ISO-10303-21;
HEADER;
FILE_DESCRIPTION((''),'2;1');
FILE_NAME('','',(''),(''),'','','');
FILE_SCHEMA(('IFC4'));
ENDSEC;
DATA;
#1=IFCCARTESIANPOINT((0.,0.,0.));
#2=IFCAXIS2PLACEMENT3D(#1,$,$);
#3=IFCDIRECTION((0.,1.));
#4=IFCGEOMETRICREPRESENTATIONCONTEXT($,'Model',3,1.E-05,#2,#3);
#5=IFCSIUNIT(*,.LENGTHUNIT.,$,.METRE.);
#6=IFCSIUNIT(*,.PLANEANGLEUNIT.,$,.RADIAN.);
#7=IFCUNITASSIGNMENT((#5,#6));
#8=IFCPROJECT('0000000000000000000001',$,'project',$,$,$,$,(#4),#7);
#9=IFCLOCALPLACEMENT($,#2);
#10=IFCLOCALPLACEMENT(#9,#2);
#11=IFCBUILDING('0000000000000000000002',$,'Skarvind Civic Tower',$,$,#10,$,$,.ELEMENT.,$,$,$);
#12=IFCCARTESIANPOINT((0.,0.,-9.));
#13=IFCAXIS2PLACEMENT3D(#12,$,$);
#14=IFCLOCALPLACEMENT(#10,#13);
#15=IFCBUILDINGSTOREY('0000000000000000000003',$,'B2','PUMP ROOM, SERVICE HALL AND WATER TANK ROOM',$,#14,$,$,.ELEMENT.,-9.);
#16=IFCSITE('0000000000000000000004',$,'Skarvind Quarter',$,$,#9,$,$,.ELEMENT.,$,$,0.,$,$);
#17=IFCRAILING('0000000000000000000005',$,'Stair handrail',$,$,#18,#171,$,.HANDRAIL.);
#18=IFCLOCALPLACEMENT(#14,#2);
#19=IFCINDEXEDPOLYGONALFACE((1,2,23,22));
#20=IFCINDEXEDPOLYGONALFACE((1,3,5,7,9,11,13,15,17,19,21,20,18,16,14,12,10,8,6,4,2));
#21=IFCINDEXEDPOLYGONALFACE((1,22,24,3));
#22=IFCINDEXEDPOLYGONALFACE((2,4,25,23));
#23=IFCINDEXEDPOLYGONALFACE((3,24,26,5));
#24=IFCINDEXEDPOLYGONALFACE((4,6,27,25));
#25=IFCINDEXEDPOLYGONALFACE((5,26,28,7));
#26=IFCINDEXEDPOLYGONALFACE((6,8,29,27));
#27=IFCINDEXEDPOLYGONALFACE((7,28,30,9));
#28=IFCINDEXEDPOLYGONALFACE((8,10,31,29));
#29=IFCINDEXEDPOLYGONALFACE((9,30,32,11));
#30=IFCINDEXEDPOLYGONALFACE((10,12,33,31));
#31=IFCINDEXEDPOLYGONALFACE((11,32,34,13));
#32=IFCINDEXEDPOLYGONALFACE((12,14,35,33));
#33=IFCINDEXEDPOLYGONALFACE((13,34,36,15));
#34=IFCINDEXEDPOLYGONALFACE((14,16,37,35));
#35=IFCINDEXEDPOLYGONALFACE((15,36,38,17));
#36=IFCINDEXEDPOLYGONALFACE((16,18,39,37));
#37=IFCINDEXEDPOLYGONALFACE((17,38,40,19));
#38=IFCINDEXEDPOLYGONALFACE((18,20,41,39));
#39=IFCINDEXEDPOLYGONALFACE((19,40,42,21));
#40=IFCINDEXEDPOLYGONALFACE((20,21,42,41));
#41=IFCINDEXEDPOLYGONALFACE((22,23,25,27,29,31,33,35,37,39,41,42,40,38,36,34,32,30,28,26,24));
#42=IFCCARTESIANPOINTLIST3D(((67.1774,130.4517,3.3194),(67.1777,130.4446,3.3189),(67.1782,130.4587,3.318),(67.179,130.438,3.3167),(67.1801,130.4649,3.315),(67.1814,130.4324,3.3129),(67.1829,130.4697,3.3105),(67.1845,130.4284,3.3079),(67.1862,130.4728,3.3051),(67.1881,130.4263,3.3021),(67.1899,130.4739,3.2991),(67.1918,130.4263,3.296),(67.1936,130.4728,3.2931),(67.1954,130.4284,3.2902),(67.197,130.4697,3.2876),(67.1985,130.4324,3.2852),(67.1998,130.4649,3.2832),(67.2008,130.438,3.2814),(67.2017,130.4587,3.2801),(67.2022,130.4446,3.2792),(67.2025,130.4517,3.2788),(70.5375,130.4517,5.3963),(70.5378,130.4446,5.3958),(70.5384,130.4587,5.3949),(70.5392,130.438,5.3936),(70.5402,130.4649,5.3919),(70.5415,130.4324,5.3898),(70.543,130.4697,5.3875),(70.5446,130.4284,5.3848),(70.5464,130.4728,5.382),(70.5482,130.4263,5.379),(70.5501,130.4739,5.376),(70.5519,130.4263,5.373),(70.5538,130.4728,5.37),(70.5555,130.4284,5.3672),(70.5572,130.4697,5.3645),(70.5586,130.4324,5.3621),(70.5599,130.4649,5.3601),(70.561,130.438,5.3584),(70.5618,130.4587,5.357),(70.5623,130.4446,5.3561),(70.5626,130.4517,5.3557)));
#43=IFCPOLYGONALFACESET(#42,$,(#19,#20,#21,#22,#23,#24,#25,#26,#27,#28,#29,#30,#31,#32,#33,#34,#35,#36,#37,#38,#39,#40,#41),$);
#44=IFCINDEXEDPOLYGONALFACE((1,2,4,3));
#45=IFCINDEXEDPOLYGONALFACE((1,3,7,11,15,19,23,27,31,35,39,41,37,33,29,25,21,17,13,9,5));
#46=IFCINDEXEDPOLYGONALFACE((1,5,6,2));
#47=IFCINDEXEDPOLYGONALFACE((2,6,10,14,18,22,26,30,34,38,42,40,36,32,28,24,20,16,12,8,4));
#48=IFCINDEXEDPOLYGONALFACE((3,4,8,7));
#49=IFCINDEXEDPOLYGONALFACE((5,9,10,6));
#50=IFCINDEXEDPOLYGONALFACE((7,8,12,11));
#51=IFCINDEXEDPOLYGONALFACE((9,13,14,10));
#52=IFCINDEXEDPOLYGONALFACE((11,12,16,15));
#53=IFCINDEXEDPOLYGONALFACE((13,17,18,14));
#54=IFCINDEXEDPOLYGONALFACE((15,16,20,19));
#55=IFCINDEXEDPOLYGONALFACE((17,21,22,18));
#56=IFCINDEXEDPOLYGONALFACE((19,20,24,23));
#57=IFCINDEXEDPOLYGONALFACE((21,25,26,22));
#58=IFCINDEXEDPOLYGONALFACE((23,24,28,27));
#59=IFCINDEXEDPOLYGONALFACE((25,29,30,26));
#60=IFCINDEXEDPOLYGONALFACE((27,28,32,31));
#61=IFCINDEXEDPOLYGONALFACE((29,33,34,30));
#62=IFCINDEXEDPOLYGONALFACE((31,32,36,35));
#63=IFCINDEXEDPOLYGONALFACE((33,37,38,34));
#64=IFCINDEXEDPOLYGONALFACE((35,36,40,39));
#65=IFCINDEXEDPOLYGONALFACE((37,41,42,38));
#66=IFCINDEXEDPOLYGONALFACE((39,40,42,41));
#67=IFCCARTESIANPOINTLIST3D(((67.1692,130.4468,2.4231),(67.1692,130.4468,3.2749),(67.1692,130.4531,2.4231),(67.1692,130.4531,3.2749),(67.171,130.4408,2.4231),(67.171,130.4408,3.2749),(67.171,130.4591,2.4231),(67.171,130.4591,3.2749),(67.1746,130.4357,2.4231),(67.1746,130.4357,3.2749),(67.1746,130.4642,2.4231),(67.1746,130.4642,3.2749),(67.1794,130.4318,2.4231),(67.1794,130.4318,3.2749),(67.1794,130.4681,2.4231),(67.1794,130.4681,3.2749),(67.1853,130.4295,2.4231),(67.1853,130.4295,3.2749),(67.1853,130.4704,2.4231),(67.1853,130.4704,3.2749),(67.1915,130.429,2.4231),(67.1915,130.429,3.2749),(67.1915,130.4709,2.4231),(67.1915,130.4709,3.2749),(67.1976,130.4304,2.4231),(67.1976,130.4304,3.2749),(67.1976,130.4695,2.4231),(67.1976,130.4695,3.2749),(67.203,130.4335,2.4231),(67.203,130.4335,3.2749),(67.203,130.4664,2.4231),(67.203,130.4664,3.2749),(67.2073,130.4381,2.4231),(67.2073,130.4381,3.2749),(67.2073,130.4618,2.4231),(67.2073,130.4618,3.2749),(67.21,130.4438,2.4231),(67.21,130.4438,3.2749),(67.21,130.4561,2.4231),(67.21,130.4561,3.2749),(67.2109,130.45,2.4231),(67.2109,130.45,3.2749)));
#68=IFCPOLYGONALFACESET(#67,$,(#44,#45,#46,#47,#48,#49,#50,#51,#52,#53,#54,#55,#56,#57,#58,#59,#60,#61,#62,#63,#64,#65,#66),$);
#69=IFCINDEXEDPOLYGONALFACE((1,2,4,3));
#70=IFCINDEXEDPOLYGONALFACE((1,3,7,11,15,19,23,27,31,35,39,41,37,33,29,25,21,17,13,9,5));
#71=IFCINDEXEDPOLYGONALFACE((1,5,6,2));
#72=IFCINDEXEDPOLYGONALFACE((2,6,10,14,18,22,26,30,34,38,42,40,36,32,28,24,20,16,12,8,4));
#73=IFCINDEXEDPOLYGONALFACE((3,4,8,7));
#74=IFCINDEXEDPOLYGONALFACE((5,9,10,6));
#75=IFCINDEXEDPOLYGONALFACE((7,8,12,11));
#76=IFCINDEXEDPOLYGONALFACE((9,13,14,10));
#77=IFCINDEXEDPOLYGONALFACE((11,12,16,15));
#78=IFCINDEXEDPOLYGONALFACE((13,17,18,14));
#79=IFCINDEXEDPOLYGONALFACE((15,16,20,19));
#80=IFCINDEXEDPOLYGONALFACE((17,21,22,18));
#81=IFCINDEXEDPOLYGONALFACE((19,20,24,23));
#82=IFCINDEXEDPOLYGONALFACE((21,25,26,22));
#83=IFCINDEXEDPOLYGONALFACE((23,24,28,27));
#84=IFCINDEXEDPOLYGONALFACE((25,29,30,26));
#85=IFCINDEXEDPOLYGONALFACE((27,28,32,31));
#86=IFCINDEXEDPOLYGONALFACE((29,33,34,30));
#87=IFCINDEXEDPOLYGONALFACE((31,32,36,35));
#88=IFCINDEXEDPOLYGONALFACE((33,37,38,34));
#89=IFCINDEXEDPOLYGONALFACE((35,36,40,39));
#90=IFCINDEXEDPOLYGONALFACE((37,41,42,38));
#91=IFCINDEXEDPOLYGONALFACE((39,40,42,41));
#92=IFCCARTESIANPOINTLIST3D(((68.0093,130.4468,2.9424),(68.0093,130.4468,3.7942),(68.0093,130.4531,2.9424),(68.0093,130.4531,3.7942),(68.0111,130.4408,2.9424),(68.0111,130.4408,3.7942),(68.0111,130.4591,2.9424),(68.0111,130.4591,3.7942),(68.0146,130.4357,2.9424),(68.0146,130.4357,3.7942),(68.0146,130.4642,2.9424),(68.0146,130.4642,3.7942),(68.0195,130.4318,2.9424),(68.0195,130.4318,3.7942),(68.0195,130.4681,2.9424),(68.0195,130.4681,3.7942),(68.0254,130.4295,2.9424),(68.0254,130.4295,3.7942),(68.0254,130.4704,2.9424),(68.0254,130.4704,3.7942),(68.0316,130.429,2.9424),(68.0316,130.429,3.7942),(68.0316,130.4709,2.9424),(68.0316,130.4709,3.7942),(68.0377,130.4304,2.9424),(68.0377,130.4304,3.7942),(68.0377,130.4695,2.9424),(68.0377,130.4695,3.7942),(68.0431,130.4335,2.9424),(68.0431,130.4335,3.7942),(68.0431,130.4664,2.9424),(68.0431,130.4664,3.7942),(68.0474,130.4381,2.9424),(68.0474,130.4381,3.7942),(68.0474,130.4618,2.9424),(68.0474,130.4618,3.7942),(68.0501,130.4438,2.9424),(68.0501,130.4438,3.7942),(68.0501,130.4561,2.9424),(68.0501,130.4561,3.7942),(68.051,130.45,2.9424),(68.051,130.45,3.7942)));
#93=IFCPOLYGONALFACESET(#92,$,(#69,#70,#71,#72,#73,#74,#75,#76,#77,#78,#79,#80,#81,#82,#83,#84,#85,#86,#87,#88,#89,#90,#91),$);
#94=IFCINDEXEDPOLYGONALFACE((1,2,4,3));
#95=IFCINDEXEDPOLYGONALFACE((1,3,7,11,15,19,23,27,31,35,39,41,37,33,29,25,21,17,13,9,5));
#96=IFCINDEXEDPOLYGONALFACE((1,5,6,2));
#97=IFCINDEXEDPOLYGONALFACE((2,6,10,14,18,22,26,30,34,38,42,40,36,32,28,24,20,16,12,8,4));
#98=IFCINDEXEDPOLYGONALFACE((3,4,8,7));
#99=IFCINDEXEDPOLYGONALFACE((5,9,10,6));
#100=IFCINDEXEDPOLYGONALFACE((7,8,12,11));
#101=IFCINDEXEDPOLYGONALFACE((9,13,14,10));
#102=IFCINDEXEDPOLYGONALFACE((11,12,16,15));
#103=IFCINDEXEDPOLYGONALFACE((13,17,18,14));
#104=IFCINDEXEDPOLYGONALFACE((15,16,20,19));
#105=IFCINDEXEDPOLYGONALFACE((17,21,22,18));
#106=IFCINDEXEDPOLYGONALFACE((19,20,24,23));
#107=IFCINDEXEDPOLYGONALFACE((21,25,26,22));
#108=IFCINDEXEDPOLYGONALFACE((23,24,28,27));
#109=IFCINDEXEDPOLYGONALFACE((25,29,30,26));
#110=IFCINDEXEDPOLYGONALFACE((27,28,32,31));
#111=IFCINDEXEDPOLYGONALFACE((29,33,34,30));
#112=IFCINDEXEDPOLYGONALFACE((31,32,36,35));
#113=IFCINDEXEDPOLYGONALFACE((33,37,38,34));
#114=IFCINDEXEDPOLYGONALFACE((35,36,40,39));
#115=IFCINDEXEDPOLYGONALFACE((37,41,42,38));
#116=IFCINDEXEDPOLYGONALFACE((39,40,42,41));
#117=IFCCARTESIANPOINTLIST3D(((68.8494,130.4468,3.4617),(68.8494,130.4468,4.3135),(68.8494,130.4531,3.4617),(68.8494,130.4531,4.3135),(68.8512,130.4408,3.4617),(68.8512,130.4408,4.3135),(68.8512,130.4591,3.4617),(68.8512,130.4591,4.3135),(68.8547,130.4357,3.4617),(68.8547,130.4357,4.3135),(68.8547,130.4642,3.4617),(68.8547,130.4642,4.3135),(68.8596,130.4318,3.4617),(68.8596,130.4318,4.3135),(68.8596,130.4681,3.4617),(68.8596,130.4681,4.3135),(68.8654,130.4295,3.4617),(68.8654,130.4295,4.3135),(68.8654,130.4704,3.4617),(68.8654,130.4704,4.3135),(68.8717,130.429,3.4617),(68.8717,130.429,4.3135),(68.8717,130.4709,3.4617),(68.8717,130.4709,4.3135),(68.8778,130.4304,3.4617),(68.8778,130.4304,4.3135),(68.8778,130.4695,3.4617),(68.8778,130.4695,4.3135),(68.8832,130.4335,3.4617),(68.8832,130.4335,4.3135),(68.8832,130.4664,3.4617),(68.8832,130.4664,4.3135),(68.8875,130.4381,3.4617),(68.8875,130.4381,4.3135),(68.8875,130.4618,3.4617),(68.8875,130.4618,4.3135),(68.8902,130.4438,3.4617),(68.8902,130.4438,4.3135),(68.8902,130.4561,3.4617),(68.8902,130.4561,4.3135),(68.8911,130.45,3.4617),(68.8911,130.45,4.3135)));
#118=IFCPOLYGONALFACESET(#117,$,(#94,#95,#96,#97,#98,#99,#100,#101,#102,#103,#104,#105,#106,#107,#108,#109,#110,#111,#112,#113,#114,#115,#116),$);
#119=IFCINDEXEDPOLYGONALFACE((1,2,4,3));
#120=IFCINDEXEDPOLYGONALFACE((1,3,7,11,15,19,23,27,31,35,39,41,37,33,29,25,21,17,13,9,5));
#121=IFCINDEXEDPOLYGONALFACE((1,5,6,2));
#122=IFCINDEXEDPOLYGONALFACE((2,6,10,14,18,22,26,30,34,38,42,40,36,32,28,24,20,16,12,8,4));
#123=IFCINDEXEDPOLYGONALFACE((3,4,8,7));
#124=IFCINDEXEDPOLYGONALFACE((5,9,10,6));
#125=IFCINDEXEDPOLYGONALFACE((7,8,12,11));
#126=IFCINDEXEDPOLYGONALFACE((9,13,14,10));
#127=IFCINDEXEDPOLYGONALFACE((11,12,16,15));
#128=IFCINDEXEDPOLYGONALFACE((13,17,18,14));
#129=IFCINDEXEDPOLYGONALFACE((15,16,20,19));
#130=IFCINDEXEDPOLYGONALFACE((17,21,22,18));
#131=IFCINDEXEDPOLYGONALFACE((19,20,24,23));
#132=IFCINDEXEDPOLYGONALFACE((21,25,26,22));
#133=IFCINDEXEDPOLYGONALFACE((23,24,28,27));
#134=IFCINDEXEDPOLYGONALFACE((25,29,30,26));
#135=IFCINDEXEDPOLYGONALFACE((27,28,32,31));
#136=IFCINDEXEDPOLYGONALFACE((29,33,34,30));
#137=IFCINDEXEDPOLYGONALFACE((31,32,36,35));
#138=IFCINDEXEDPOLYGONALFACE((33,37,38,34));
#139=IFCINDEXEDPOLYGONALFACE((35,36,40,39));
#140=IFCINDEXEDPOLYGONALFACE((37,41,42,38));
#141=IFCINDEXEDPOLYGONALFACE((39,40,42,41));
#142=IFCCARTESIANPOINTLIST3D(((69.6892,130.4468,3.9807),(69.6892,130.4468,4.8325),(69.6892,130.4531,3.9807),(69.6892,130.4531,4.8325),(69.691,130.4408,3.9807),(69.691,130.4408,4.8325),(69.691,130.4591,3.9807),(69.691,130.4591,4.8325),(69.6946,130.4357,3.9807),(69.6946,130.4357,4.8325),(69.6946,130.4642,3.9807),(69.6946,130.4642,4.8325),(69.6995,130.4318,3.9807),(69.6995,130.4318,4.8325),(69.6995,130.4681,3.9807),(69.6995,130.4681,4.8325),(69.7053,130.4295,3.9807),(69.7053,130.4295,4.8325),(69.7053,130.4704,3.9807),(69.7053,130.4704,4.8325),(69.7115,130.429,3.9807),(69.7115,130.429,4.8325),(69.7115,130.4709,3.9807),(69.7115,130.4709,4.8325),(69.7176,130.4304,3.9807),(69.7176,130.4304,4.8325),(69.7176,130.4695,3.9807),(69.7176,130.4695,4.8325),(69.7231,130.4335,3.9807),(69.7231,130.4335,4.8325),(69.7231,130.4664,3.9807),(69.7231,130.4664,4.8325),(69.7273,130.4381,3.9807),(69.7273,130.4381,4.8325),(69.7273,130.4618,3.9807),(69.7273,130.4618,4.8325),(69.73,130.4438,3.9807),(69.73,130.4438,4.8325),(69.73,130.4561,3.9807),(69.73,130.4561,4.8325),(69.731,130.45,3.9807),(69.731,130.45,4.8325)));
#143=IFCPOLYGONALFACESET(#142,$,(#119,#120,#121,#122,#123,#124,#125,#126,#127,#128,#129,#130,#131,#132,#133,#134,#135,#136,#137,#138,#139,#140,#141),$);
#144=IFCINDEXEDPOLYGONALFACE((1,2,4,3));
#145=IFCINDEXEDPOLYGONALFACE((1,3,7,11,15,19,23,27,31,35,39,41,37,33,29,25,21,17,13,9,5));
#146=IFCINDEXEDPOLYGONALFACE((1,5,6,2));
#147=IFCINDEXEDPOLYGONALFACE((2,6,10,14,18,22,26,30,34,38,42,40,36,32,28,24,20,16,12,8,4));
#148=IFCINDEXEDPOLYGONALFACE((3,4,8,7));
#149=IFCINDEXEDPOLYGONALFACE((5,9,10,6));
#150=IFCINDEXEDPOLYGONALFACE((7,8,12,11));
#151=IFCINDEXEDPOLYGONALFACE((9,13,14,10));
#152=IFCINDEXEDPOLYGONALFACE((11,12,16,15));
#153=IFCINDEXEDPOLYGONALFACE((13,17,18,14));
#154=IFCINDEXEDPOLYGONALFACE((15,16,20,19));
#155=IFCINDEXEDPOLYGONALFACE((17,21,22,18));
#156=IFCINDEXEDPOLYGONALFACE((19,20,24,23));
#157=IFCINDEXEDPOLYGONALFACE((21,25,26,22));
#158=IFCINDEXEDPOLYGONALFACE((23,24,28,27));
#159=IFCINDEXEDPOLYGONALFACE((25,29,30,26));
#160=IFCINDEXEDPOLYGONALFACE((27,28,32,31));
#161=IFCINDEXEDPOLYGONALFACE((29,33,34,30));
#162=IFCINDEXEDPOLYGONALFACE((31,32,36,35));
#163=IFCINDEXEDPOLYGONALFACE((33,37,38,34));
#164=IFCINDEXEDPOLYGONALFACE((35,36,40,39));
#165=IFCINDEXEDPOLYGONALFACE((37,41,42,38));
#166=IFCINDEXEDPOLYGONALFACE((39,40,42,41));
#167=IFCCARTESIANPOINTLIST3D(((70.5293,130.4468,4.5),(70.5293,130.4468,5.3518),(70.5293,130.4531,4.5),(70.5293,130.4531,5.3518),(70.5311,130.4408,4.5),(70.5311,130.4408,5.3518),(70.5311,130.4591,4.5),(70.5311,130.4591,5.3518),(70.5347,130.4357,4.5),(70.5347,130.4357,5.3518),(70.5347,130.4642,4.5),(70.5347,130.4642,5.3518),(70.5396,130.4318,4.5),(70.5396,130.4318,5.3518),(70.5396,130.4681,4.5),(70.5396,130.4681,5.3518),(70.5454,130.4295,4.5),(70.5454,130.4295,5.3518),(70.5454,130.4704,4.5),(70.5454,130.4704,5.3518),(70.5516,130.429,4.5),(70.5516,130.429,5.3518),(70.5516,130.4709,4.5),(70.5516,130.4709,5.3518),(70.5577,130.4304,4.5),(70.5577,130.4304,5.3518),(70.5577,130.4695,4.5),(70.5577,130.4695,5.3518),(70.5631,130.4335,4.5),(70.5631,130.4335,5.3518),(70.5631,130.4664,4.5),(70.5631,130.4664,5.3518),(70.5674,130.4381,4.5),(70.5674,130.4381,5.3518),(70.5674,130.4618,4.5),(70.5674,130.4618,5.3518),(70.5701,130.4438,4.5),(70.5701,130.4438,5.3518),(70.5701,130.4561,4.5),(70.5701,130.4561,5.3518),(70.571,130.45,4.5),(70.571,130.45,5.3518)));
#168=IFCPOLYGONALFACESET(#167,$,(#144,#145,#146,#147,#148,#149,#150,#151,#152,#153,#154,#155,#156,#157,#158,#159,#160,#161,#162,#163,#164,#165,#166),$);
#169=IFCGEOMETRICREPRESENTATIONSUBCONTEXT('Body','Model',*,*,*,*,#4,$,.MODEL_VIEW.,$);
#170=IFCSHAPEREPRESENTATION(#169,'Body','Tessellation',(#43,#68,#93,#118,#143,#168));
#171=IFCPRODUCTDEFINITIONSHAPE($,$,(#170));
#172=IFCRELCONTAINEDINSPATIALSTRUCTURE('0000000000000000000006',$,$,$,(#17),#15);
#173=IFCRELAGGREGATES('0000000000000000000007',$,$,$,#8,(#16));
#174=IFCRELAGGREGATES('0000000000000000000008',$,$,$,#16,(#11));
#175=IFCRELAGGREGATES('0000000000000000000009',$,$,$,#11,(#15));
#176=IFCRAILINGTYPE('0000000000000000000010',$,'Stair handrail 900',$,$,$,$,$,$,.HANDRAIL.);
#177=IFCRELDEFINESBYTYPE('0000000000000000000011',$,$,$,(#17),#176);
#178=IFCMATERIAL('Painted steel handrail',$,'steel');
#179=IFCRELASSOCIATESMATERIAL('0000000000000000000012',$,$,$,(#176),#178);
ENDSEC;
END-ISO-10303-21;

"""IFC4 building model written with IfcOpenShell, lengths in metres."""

from ifc_helpers import new_model, si_unit, direction, frame, origin, origin_2d, place, context, subcontext, project, spatial, circle, extrude, material, type_object, element, save


model = new_model("IFC4")

# Units and contexts
model_context = context("Model", 3, precision=1e-05, world=origin(), true_north=direction((0.0, 1.0)))
body_context = subcontext(model_context, "Body", "Model", "MODEL_VIEW")
ifc_project = project(units=[si_unit("LENGTHUNIT", "METRE"), si_unit("PLANEANGLEUNIT", "RADIAN")], contexts=[model_context])

# Site, building, storey
site_placement = place(None, origin())
site = spatial("IfcSite", under=ifc_project, at=site_placement, Name="Skarvind Quarter", CompositionType="ELEMENT", RefElevation=0.0)
building_placement = place(site_placement, origin())
building = spatial("IfcBuilding", under=site, at=building_placement, Name="Skarvind Civic Tower", CompositionType="ELEMENT")
storey_placement = place(building_placement, frame((0.0, 0.0, -9.0)))
storey = spatial("IfcBuildingStorey", under=building, at=storey_placement, Name="B2", Description="PUMP ROOM, SERVICE HALL AND WATER TANK ROOM", CompositionType="ELEMENT", Elevation=-9.0)

# Railing
ifc_material_1 = material(Name="Painted steel handrail", Category="steel")
railing_type = type_object("IfcRailingType", Name="Stair handrail 900", PredefinedType="HANDRAIL", material=ifc_material_1)
railing_1_placement = place(storey_placement, frame((67.1899, 130.45, 2.4231)))
element("IfcRailing", 1, at=railing_1_placement, inside=storey, type_object=railing_type, Name="Stair handrail", PredefinedType="HANDRAIL", context=body_context, shape_type="SweptSolid", body=[
    extrude(circle(Radius=0.0239, at=origin_2d()), frame((0.0, 0.0, 0.876), z_axis=(0.850623, 0.0, 0.525776), x_axis=(0.0, 1.0, 0.0)), (0.0, 0.0, 1.0), 3.9502),
    extrude(circle(Radius=0.021, at=origin_2d()), origin(), (0.0, 0.0, 1.0), 0.8518),
    extrude(circle(Radius=0.021, at=origin_2d()), frame((0.8401, 0.0, 0.5193)), (0.0, 0.0, 1.0), 0.8518),
    extrude(circle(Radius=0.021, at=origin_2d()), frame((1.6802, 0.0, 1.0386)), (0.0, 0.0, 1.0), 0.8518),
    extrude(circle(Radius=0.021, at=origin_2d()), frame((2.52, 0.0, 1.5576)), (0.0, 0.0, 1.0), 0.8518),
    extrude(circle(Radius=0.021, at=origin_2d()), frame((3.3601, 0.0, 2.0769)), (0.0, 0.0, 1.0), 0.8518),
])

save(model, "model.ifc")
